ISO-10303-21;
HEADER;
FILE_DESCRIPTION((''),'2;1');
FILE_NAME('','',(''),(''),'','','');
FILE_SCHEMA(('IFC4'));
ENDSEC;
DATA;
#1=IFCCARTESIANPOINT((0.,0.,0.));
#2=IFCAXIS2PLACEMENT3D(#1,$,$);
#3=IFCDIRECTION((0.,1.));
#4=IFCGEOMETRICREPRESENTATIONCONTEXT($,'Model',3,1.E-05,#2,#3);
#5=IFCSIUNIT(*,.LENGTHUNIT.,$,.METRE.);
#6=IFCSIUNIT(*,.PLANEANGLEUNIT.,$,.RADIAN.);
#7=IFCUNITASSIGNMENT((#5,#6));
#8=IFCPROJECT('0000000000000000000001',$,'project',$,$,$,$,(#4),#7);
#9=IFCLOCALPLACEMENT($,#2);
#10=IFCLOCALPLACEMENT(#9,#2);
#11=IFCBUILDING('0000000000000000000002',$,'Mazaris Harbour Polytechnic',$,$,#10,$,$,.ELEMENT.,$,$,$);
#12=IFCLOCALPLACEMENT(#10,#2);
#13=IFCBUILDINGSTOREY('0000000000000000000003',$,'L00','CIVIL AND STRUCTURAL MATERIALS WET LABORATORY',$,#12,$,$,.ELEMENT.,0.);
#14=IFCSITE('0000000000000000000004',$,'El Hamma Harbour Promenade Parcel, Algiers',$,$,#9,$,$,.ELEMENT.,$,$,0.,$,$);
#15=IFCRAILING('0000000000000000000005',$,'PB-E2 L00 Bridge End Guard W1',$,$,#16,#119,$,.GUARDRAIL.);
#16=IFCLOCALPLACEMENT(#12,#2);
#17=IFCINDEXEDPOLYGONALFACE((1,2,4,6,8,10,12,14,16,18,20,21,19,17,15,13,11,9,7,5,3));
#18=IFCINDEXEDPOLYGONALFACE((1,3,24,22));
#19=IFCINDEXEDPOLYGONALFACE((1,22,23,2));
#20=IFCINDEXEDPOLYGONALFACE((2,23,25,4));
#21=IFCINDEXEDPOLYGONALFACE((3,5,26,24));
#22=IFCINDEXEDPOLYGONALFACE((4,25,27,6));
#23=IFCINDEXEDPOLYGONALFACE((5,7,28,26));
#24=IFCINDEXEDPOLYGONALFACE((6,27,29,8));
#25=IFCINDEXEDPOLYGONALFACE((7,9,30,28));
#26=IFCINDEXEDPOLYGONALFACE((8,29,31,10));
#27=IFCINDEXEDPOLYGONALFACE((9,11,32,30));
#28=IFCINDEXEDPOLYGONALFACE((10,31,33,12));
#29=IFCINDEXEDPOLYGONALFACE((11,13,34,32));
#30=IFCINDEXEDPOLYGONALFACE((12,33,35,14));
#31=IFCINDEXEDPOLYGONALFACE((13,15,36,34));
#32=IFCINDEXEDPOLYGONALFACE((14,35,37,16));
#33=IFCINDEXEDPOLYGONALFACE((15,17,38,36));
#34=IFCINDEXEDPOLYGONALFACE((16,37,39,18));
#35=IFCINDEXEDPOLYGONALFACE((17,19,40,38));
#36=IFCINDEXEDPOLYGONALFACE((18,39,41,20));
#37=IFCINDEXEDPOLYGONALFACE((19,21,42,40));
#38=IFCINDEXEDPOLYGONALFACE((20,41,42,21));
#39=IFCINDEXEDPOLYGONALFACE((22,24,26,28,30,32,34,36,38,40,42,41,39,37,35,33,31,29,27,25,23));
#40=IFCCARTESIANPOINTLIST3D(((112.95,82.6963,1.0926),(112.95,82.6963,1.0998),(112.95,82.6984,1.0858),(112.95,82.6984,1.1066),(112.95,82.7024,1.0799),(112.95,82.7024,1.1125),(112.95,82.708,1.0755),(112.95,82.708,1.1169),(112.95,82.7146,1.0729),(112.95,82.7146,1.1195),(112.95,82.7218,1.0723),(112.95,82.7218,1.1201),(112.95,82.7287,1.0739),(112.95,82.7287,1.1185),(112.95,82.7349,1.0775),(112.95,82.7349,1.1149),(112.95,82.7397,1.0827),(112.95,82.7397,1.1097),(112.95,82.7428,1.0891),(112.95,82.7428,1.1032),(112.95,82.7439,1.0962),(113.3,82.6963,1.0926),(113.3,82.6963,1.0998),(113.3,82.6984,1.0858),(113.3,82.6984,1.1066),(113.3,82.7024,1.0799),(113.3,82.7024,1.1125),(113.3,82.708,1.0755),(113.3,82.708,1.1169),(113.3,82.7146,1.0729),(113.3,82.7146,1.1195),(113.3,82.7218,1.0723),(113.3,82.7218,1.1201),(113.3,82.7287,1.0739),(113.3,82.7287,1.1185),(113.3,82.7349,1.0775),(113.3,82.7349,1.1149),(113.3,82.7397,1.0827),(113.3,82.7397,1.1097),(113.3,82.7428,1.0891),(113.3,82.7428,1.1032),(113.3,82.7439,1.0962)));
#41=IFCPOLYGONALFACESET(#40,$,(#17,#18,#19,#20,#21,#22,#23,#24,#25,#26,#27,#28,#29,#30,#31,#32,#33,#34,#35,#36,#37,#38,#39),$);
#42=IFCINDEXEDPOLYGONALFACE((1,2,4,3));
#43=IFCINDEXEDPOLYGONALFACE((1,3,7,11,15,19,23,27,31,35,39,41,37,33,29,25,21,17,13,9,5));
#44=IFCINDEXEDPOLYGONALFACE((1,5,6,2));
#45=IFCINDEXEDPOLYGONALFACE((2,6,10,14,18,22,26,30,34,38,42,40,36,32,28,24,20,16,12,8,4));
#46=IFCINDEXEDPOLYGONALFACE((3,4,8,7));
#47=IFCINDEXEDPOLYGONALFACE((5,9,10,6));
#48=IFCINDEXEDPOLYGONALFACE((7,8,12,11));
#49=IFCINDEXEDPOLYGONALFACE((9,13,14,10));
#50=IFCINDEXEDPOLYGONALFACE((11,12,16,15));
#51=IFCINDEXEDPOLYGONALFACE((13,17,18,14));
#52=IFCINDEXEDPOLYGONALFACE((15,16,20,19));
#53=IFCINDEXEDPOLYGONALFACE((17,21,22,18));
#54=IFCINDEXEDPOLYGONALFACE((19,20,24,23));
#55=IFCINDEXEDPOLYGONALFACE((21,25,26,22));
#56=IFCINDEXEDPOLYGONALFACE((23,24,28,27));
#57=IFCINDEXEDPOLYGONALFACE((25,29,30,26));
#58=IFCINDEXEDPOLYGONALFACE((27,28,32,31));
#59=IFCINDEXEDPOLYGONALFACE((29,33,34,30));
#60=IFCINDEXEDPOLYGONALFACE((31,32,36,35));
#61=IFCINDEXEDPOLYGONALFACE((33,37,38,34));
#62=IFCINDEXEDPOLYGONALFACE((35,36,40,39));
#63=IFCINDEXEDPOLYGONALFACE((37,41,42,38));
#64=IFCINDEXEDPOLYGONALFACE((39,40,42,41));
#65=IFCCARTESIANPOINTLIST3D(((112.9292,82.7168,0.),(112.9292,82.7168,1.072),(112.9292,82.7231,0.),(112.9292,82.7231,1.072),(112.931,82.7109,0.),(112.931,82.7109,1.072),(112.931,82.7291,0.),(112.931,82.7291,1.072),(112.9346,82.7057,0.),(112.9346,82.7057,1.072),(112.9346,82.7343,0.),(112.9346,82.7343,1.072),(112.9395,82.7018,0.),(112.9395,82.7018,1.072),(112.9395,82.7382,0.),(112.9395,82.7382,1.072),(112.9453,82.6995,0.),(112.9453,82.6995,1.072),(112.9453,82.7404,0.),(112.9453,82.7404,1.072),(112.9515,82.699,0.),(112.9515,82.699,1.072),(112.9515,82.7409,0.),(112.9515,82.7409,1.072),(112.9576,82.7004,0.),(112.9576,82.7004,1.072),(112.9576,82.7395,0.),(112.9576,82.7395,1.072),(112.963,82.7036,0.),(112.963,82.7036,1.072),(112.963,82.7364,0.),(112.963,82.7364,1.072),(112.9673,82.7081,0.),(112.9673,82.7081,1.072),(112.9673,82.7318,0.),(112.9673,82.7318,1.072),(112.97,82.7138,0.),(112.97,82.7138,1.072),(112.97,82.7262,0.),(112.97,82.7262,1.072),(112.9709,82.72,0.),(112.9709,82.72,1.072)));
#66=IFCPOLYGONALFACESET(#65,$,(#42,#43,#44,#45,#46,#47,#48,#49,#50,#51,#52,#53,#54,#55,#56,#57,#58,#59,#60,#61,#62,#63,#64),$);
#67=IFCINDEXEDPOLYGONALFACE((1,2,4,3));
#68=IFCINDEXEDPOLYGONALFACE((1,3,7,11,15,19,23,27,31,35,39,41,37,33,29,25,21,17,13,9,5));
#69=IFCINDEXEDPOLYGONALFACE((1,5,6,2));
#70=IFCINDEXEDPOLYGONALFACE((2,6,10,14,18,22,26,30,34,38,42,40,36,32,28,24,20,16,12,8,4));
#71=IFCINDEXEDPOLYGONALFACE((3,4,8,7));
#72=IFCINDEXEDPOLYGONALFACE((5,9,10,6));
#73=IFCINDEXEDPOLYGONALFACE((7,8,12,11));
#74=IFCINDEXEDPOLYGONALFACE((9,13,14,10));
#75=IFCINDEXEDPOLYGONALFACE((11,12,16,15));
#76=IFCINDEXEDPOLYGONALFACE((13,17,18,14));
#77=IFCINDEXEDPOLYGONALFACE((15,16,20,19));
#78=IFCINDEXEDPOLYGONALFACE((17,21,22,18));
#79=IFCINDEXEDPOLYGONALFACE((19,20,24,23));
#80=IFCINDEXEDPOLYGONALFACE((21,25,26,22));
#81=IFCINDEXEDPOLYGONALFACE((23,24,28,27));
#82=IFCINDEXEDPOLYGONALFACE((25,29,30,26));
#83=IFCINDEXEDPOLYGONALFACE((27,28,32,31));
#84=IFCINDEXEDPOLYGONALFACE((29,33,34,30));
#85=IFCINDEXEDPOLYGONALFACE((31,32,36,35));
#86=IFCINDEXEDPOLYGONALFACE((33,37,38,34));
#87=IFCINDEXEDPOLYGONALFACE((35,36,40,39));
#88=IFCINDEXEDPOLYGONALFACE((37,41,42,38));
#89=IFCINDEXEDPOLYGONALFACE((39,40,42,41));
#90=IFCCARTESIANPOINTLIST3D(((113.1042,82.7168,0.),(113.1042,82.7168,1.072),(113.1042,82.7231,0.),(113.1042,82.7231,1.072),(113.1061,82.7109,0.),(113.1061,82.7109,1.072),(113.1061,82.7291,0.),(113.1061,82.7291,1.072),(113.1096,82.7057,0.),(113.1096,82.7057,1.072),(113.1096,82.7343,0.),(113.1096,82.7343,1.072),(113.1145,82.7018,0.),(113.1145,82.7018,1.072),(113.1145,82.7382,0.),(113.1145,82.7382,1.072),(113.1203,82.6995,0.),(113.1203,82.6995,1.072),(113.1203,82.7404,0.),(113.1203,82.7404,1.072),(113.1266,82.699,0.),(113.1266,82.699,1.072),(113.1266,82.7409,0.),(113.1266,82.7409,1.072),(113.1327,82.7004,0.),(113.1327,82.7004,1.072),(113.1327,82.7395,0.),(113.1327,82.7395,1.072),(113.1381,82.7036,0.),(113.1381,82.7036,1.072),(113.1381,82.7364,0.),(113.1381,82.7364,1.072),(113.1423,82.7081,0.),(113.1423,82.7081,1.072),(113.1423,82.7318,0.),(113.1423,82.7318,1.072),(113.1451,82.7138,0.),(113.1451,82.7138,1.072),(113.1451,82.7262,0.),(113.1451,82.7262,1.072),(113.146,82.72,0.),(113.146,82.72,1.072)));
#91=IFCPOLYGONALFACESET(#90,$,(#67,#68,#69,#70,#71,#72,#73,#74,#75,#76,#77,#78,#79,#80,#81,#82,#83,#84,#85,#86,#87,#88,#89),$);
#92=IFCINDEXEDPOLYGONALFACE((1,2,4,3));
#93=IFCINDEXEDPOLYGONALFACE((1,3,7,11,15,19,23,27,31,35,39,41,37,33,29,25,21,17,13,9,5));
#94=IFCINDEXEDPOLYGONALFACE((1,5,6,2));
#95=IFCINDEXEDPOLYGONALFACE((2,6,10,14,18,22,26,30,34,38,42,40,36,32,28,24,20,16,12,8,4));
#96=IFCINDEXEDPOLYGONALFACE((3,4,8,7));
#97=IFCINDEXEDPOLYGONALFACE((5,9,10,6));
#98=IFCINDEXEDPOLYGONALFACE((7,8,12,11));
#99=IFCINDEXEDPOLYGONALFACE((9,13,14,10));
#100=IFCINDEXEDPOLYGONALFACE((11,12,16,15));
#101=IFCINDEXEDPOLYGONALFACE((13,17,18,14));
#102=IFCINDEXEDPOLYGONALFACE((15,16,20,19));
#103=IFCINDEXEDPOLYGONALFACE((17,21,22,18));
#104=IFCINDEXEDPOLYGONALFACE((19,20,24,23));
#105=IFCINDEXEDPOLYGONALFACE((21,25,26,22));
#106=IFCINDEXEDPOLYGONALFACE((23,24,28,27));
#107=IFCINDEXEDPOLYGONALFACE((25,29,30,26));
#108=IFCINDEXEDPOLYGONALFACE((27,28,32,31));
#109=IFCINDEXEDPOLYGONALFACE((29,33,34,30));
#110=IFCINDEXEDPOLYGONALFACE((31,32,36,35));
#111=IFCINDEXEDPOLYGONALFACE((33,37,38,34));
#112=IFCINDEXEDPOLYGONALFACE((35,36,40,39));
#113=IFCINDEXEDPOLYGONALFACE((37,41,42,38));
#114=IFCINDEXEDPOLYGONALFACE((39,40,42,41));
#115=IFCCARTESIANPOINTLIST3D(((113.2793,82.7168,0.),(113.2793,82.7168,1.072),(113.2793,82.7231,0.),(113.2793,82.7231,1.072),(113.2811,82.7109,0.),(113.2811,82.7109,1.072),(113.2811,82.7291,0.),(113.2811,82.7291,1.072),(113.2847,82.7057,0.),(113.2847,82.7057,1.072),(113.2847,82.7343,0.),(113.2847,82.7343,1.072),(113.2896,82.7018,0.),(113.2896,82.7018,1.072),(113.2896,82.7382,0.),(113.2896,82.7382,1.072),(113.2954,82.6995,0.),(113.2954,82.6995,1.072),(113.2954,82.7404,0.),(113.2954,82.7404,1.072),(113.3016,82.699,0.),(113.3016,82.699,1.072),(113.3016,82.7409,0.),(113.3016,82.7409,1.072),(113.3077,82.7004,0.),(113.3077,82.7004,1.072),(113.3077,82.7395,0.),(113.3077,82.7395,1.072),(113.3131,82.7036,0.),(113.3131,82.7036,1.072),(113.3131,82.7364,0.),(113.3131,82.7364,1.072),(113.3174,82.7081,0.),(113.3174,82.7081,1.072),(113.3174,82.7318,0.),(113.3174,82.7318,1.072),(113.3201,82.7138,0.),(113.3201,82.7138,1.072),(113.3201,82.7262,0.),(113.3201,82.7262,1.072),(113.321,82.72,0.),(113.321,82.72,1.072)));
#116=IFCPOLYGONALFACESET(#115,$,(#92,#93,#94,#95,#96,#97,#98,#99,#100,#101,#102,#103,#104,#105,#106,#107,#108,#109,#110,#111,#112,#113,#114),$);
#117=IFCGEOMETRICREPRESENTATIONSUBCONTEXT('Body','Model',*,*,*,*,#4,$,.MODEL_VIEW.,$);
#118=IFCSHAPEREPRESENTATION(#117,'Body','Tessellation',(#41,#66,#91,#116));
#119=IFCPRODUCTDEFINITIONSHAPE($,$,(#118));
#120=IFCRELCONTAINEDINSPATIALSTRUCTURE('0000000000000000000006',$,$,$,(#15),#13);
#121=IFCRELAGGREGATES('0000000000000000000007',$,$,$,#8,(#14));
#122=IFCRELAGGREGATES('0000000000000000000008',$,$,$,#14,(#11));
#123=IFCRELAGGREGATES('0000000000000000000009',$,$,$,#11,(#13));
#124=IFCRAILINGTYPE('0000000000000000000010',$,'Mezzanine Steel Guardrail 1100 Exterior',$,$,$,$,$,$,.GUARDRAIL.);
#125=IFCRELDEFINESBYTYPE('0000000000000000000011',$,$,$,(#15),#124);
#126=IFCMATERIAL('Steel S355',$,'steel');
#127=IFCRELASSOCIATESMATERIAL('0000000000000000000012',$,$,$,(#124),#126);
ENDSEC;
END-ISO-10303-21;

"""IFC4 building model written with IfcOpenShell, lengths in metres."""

from ifc_helpers import new_model, si_unit, direction, frame, origin, origin_2d, place, context, subcontext, project, spatial, circle, extrude, material, type_object, element, save


model = new_model("IFC4")

# Units and contexts
model_context = context("Model", 3, precision=1e-05, world=origin(), true_north=direction((0.0, 1.0)))
body_context = subcontext(model_context, "Body", "Model", "MODEL_VIEW")
ifc_project = project(units=[si_unit("LENGTHUNIT", "METRE"), si_unit("PLANEANGLEUNIT", "RADIAN")], contexts=[model_context])

# Site, building, storey
site_placement = place(None, origin())
site = spatial("IfcSite", under=ifc_project, at=site_placement, Name="El Hamma Harbour Promenade Parcel, Algiers", CompositionType="ELEMENT", RefElevation=0.0)
building_placement = place(site_placement, origin())
building = spatial("IfcBuilding", under=site, at=building_placement, Name="Mazaris Harbour Polytechnic", CompositionType="ELEMENT")
storey_placement = place(building_placement, origin())
storey = spatial("IfcBuildingStorey", under=building, at=storey_placement, Name="L00", Description="CIVIL AND STRUCTURAL MATERIALS WET LABORATORY", CompositionType="ELEMENT", Elevation=0.0)

# Railing
ifc_material_1 = material(Name="Steel S355", Category="steel")
railing_type_1 = type_object("IfcRailingType", Name="Mezzanine Steel Guardrail 1100 Exterior", PredefinedType="GUARDRAIL", material=ifc_material_1)
railing_1_placement = place(storey_placement, frame((112.95, 82.72, 0.0)))
element("IfcRailing", 1, at=railing_1_placement, inside=storey, type_object=railing_type_1, Name="PB-E2 L00 Bridge End Guard W1", PredefinedType="GUARDRAIL", context=body_context, shape_type="SweptSolid", body=[
    extrude(circle(Radius=0.0239, at=origin_2d()), frame((0.0, 0.0, 1.0962), z_axis=(1.0, 0.0, 0.0), x_axis=(0.0, 1.0, 0.0)), (0.0, 0.0, 1.0), 0.3501),
    extrude(circle(Radius=0.021, at=origin_2d()), origin(), (0.0, 0.0, 1.0), 1.072),
    extrude(circle(Radius=0.021, at=origin_2d()), frame((0.175, 0.0, 0.0)), (0.0, 0.0, 1.0), 1.072),
    extrude(circle(Radius=0.021, at=origin_2d()), frame((0.3501, 0.0, 0.0)), (0.0, 0.0, 1.0), 1.072),
])

save(model, "model.ifc")
